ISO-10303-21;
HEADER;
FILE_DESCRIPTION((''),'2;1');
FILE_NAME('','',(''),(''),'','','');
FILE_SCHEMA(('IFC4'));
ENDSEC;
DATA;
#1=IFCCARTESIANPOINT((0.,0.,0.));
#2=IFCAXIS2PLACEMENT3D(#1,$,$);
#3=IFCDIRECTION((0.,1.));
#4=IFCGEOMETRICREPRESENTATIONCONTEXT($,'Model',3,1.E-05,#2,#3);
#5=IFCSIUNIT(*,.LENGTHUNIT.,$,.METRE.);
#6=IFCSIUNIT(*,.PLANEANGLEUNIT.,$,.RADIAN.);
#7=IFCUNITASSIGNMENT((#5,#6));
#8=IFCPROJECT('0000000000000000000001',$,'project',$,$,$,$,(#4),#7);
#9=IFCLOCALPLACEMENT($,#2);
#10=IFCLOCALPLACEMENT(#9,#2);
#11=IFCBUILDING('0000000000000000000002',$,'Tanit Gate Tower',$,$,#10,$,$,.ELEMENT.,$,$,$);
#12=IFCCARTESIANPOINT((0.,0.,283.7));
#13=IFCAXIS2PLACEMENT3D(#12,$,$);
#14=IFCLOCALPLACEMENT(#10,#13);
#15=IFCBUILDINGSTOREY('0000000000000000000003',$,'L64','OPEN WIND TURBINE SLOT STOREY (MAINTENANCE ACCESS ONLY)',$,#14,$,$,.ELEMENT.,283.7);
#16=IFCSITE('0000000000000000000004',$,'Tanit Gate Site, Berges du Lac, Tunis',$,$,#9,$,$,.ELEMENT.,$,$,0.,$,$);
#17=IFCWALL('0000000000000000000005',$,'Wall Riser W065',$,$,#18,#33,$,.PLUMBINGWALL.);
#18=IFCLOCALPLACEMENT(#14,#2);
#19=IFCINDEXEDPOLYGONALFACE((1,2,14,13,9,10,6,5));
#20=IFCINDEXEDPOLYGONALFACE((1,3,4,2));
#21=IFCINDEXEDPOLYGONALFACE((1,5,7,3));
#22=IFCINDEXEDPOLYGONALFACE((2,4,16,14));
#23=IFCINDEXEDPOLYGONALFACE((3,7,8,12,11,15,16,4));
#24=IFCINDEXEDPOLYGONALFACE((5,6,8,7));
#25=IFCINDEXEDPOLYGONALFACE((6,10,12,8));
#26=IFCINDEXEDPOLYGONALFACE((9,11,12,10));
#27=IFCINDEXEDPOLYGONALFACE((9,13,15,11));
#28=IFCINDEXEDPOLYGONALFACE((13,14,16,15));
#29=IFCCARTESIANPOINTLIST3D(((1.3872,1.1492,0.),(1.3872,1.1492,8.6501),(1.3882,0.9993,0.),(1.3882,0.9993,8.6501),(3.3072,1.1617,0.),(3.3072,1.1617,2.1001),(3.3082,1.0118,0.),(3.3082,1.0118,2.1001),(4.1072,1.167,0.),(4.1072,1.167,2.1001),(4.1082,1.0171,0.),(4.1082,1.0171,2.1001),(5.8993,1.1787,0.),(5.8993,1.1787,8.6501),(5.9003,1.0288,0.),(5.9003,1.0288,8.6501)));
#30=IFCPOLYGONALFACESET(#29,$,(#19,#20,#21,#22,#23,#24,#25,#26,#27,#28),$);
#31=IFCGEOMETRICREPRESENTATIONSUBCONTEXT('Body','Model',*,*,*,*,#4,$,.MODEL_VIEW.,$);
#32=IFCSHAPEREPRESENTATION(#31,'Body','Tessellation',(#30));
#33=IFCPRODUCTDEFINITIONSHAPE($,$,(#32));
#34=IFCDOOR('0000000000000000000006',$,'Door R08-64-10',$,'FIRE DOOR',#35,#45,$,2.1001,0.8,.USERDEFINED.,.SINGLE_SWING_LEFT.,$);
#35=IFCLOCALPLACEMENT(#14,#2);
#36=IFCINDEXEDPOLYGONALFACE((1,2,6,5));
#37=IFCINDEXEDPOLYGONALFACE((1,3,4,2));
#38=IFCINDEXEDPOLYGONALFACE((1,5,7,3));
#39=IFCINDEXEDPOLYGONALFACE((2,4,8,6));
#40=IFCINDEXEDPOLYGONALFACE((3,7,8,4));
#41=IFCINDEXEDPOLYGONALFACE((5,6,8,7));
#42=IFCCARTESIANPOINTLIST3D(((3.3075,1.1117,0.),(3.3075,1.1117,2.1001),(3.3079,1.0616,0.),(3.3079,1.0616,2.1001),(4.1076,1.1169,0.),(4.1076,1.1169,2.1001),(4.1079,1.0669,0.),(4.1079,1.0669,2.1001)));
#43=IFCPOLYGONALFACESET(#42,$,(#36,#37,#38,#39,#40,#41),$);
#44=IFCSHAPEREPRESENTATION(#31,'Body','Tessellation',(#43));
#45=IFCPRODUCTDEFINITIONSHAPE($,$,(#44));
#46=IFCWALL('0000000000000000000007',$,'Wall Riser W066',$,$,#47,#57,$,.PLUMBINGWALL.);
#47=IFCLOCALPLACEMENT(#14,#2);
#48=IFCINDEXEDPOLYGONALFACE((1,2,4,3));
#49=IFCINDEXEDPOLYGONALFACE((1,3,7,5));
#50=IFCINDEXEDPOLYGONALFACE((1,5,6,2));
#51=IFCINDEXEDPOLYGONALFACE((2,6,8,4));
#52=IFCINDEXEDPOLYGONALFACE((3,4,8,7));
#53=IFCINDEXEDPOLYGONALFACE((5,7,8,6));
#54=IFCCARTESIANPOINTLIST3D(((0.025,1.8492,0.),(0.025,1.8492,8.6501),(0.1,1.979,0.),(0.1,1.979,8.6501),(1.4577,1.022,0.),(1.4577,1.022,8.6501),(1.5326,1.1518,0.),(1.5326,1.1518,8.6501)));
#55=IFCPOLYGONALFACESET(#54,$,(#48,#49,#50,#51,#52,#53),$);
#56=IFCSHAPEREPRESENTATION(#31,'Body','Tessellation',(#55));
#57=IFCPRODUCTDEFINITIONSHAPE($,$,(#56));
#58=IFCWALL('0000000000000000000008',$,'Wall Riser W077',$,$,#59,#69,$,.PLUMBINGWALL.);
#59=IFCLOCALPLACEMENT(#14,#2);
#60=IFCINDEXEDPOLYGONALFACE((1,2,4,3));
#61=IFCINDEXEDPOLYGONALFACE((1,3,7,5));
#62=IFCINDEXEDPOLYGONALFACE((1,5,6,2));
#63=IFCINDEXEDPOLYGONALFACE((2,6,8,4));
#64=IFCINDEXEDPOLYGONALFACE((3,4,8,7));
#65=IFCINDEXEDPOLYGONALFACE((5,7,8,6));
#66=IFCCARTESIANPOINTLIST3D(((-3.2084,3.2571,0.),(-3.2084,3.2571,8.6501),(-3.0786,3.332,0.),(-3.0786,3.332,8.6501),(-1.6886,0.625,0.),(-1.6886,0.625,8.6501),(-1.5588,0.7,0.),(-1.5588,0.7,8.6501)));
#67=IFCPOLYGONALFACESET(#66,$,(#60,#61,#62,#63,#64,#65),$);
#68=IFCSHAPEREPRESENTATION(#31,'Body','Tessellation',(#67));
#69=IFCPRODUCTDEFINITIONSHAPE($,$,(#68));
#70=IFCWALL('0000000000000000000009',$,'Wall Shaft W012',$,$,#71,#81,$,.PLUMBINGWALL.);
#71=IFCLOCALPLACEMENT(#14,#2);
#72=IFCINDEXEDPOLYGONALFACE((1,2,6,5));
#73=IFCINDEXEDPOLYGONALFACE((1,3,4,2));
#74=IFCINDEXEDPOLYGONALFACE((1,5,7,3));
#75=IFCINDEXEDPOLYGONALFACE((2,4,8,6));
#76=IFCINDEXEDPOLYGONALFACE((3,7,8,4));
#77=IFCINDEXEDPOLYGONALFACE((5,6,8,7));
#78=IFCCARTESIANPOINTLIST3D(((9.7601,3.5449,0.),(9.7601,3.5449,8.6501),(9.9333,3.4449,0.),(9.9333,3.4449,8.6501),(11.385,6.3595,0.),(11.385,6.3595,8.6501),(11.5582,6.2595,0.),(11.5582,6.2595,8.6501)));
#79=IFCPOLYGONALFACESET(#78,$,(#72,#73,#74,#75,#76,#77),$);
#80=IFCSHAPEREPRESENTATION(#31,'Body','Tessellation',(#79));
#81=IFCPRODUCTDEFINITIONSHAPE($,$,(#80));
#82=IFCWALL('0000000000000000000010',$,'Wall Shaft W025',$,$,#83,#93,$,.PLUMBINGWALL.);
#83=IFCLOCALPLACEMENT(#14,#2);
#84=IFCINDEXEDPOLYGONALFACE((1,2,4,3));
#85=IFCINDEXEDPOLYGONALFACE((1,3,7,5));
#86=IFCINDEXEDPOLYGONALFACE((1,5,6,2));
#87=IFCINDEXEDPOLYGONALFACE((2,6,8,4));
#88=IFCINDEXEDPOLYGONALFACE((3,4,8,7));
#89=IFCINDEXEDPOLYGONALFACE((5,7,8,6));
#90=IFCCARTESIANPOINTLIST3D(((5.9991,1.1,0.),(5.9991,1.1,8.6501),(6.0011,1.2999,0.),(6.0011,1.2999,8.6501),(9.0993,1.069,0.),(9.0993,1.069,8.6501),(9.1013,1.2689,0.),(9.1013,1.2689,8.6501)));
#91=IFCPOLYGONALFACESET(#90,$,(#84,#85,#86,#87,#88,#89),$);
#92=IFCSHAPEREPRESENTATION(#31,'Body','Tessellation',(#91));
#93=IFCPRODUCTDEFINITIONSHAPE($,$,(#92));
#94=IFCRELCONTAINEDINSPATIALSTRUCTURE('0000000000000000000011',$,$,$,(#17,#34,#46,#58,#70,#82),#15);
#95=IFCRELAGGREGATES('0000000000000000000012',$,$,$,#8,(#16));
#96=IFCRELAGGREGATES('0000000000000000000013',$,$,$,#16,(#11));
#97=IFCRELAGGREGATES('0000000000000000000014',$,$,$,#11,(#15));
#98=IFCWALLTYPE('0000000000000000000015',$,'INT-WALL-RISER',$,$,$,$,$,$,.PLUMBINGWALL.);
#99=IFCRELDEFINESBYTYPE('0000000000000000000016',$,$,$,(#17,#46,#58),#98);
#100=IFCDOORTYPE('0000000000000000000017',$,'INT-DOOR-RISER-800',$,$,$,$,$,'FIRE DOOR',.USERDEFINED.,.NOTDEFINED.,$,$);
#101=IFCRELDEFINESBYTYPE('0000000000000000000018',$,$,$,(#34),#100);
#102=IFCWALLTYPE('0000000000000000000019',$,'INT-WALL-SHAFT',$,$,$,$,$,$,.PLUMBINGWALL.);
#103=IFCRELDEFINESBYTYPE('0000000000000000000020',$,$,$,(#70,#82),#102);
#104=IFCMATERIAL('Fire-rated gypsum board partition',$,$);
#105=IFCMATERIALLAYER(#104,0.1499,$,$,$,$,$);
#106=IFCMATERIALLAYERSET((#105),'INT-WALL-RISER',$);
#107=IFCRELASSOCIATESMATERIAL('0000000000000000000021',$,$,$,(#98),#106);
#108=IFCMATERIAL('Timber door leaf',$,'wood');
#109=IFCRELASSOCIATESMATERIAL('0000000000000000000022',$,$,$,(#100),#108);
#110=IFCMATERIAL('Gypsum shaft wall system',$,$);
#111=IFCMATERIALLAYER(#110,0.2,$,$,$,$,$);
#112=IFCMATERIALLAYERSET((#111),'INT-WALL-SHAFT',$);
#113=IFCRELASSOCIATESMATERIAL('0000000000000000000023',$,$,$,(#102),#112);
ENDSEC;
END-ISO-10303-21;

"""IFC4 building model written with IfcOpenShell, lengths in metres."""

from ifc_helpers import new_model, si_unit, direction, frame, frame_2d, origin, place, context, subcontext, project, spatial, rectangle, extrude, material, layer, layer_set, type_object, element, fill, save


model = new_model("IFC4")

# Units and contexts
model_context = context("Model", 3, precision=1e-05, world=origin(), true_north=direction((0.0, 1.0)))
body_context = subcontext(model_context, "Body", "Model", "MODEL_VIEW")
ifc_project = project(units=[si_unit("LENGTHUNIT", "METRE"), si_unit("PLANEANGLEUNIT", "RADIAN")], contexts=[model_context])

# Site, building, storey
site_placement = place(None, origin())
site = spatial("IfcSite", under=ifc_project, at=site_placement, Name="Tanit Gate Site, Berges du Lac, Tunis", CompositionType="ELEMENT", RefElevation=0.0)
building_placement = place(site_placement, origin())
building = spatial("IfcBuilding", under=site, at=building_placement, Name="Tanit Gate Tower", CompositionType="ELEMENT")
storey_placement = place(building_placement, frame((0.0, 0.0, 283.7)))
storey = spatial("IfcBuildingStorey", under=building, at=storey_placement, Name="L64", Description="OPEN WIND TURBINE SLOT STOREY (MAINTENANCE ACCESS ONLY)", CompositionType="ELEMENT", Elevation=283.7)

# Wall, opening, door
ifc_material_1 = material(Name="Fire-rated gypsum board partition")
ifc_layer_1 = layer(ifc_material_1, 0.1499)
ifc_layer_set_1 = layer_set([ifc_layer_1], Name="INT-WALL-RISER")
wall_type_1 = type_object("IfcWallType", Name="INT-WALL-RISER", PredefinedType="PLUMBINGWALL", material=ifc_layer_set_1)
wall_1_placement = place(storey_placement, frame((1.3877, 1.0742, 0.0), z_axis=(0.0, 0.0, 1.0), x_axis=(0.999979, 0.006547, 0.0)))
wall_1 = element("IfcWall", 1, at=wall_1_placement, inside=storey, type_object=wall_type_1, Name="Wall Riser W065", PredefinedType="PLUMBINGWALL", context=body_context, shape_type="SweptSolid", body=[
    extrude(rectangle(XDim=4.5122, YDim=0.1499, at=frame_2d((2.2561, 0.0))), origin(), (0.0, 0.0, 1.0), 8.6501),
])
opening_1_placement = place(wall_1_placement, frame((1.9202, 0.0, 0.0)))
opening_1 = element("IfcOpeningElement", 2, at=opening_1_placement, cuts=wall_1, PredefinedType="OPENING", context=body_context, shape_type="SweptSolid", body=[
    extrude(rectangle(XDim=0.8, YDim=2.1001, at=frame_2d((0.3999, 1.05))), frame((0.0, 0.085, 0.0), z_axis=(0.0, -1.0, 0.0), x_axis=(1.0, 0.0, 0.0)), (0.0, 0.0, 1.0), 0.1699),
])
ifc_material_2 = material(Name="Timber door leaf", Category="wood")
door_type_1 = type_object("IfcDoorType", Name="INT-DOOR-RISER-800", ElementType="FIRE DOOR", OperationType="NOTDEFINED", PredefinedType="USERDEFINED", material=ifc_material_2)
door_1_placement = place(opening_1_placement, origin())
door_1 = element("IfcDoor", 3, at=door_1_placement, inside=storey, type_object=door_type_1, Name="Door R08-64-10", ObjectType="FIRE DOOR", OperationType="SINGLE_SWING_LEFT", OverallHeight=2.1001, OverallWidth=0.8, PredefinedType="USERDEFINED", context=body_context, shape_type="SweptSolid", body=[
    extrude(rectangle(XDim=0.8, YDim=2.1001, at=frame_2d((0.3999, 1.05))), frame((0.0, 0.0249, 0.0), z_axis=(0.0, -1.0, 0.0), x_axis=(1.0, 0.0, 0.0)), (0.0, 0.0, 1.0), 0.05),
])
fill(opening_1, door_1)

# Walls
wall_2_placement = place(storey_placement, frame((0.0625, 1.9141, 0.0), z_axis=(0.0, 0.0, 1.0), x_axis=(0.866018, -0.500012, 0.0)))
element("IfcWall", 4, at=wall_2_placement, inside=storey, type_object=wall_type_1, Name="Wall Riser W066", PredefinedType="PLUMBINGWALL", context=body_context, shape_type="SweptSolid", body=[
    extrude(rectangle(XDim=1.6543, YDim=0.1499, at=frame_2d((0.8271, 0.0))), origin(), (0.0, 0.0, 1.0), 8.6501),
])
wall_3_placement = place(storey_placement, frame((-1.6238, 0.6626, 0.0), z_axis=(0.0, 0.0, 1.0), x_axis=(-0.500035, 0.866005, 0.0)))
element("IfcWall", 5, at=wall_3_placement, inside=storey, type_object=wall_type_1, Name="Wall Riser W077", PredefinedType="PLUMBINGWALL", context=body_context, shape_type="SweptSolid", body=[
    extrude(rectangle(XDim=3.0393, YDim=0.1499, at=frame_2d((1.5195, 0.0))), origin(), (0.0, 0.0, 1.0), 8.6501),
])
ifc_material_3 = material(Name="Gypsum shaft wall system")
ifc_layer_2 = layer(ifc_material_3, 0.2)
ifc_layer_set_2 = layer_set([ifc_layer_2], Name="INT-WALL-SHAFT")
wall_type_2 = type_object("IfcWallType", Name="INT-WALL-SHAFT", PredefinedType="PLUMBINGWALL", material=ifc_layer_set_2)
wall_4_placement = place(storey_placement, frame((9.8467, 3.4949, 0.0), z_axis=(0.0, 0.0, 1.0), x_axis=(0.499985, 0.866034, 0.0)))
element("IfcWall", 6, at=wall_4_placement, inside=storey, type_object=wall_type_2, Name="Wall Shaft W012", PredefinedType="PLUMBINGWALL", context=body_context, shape_type="SweptSolid", body=[
    extrude(rectangle(XDim=3.25, YDim=0.2, at=frame_2d((1.625, 0.0))), origin(), (0.0, 0.0, 1.0), 8.6501),
])

# Wall
wall_5_placement = place(storey_placement, frame((6.0, 1.2, 0.0), z_axis=(0.0, 0.0, 1.0), x_axis=(0.99995, -0.010001, 0.0)))
element("IfcWall", 7, at=wall_5_placement, inside=storey, type_object=wall_type_2, Name="Wall Shaft W025", PredefinedType="PLUMBINGWALL", context=body_context, shape_type="SweptSolid", body=[
    extrude(rectangle(XDim=3.1003, YDim=0.2, at=frame_2d((1.5503, 0.0))), origin(), (0.0, 0.0, 1.0), 8.6501),
])

save(model, "model.ifc")
